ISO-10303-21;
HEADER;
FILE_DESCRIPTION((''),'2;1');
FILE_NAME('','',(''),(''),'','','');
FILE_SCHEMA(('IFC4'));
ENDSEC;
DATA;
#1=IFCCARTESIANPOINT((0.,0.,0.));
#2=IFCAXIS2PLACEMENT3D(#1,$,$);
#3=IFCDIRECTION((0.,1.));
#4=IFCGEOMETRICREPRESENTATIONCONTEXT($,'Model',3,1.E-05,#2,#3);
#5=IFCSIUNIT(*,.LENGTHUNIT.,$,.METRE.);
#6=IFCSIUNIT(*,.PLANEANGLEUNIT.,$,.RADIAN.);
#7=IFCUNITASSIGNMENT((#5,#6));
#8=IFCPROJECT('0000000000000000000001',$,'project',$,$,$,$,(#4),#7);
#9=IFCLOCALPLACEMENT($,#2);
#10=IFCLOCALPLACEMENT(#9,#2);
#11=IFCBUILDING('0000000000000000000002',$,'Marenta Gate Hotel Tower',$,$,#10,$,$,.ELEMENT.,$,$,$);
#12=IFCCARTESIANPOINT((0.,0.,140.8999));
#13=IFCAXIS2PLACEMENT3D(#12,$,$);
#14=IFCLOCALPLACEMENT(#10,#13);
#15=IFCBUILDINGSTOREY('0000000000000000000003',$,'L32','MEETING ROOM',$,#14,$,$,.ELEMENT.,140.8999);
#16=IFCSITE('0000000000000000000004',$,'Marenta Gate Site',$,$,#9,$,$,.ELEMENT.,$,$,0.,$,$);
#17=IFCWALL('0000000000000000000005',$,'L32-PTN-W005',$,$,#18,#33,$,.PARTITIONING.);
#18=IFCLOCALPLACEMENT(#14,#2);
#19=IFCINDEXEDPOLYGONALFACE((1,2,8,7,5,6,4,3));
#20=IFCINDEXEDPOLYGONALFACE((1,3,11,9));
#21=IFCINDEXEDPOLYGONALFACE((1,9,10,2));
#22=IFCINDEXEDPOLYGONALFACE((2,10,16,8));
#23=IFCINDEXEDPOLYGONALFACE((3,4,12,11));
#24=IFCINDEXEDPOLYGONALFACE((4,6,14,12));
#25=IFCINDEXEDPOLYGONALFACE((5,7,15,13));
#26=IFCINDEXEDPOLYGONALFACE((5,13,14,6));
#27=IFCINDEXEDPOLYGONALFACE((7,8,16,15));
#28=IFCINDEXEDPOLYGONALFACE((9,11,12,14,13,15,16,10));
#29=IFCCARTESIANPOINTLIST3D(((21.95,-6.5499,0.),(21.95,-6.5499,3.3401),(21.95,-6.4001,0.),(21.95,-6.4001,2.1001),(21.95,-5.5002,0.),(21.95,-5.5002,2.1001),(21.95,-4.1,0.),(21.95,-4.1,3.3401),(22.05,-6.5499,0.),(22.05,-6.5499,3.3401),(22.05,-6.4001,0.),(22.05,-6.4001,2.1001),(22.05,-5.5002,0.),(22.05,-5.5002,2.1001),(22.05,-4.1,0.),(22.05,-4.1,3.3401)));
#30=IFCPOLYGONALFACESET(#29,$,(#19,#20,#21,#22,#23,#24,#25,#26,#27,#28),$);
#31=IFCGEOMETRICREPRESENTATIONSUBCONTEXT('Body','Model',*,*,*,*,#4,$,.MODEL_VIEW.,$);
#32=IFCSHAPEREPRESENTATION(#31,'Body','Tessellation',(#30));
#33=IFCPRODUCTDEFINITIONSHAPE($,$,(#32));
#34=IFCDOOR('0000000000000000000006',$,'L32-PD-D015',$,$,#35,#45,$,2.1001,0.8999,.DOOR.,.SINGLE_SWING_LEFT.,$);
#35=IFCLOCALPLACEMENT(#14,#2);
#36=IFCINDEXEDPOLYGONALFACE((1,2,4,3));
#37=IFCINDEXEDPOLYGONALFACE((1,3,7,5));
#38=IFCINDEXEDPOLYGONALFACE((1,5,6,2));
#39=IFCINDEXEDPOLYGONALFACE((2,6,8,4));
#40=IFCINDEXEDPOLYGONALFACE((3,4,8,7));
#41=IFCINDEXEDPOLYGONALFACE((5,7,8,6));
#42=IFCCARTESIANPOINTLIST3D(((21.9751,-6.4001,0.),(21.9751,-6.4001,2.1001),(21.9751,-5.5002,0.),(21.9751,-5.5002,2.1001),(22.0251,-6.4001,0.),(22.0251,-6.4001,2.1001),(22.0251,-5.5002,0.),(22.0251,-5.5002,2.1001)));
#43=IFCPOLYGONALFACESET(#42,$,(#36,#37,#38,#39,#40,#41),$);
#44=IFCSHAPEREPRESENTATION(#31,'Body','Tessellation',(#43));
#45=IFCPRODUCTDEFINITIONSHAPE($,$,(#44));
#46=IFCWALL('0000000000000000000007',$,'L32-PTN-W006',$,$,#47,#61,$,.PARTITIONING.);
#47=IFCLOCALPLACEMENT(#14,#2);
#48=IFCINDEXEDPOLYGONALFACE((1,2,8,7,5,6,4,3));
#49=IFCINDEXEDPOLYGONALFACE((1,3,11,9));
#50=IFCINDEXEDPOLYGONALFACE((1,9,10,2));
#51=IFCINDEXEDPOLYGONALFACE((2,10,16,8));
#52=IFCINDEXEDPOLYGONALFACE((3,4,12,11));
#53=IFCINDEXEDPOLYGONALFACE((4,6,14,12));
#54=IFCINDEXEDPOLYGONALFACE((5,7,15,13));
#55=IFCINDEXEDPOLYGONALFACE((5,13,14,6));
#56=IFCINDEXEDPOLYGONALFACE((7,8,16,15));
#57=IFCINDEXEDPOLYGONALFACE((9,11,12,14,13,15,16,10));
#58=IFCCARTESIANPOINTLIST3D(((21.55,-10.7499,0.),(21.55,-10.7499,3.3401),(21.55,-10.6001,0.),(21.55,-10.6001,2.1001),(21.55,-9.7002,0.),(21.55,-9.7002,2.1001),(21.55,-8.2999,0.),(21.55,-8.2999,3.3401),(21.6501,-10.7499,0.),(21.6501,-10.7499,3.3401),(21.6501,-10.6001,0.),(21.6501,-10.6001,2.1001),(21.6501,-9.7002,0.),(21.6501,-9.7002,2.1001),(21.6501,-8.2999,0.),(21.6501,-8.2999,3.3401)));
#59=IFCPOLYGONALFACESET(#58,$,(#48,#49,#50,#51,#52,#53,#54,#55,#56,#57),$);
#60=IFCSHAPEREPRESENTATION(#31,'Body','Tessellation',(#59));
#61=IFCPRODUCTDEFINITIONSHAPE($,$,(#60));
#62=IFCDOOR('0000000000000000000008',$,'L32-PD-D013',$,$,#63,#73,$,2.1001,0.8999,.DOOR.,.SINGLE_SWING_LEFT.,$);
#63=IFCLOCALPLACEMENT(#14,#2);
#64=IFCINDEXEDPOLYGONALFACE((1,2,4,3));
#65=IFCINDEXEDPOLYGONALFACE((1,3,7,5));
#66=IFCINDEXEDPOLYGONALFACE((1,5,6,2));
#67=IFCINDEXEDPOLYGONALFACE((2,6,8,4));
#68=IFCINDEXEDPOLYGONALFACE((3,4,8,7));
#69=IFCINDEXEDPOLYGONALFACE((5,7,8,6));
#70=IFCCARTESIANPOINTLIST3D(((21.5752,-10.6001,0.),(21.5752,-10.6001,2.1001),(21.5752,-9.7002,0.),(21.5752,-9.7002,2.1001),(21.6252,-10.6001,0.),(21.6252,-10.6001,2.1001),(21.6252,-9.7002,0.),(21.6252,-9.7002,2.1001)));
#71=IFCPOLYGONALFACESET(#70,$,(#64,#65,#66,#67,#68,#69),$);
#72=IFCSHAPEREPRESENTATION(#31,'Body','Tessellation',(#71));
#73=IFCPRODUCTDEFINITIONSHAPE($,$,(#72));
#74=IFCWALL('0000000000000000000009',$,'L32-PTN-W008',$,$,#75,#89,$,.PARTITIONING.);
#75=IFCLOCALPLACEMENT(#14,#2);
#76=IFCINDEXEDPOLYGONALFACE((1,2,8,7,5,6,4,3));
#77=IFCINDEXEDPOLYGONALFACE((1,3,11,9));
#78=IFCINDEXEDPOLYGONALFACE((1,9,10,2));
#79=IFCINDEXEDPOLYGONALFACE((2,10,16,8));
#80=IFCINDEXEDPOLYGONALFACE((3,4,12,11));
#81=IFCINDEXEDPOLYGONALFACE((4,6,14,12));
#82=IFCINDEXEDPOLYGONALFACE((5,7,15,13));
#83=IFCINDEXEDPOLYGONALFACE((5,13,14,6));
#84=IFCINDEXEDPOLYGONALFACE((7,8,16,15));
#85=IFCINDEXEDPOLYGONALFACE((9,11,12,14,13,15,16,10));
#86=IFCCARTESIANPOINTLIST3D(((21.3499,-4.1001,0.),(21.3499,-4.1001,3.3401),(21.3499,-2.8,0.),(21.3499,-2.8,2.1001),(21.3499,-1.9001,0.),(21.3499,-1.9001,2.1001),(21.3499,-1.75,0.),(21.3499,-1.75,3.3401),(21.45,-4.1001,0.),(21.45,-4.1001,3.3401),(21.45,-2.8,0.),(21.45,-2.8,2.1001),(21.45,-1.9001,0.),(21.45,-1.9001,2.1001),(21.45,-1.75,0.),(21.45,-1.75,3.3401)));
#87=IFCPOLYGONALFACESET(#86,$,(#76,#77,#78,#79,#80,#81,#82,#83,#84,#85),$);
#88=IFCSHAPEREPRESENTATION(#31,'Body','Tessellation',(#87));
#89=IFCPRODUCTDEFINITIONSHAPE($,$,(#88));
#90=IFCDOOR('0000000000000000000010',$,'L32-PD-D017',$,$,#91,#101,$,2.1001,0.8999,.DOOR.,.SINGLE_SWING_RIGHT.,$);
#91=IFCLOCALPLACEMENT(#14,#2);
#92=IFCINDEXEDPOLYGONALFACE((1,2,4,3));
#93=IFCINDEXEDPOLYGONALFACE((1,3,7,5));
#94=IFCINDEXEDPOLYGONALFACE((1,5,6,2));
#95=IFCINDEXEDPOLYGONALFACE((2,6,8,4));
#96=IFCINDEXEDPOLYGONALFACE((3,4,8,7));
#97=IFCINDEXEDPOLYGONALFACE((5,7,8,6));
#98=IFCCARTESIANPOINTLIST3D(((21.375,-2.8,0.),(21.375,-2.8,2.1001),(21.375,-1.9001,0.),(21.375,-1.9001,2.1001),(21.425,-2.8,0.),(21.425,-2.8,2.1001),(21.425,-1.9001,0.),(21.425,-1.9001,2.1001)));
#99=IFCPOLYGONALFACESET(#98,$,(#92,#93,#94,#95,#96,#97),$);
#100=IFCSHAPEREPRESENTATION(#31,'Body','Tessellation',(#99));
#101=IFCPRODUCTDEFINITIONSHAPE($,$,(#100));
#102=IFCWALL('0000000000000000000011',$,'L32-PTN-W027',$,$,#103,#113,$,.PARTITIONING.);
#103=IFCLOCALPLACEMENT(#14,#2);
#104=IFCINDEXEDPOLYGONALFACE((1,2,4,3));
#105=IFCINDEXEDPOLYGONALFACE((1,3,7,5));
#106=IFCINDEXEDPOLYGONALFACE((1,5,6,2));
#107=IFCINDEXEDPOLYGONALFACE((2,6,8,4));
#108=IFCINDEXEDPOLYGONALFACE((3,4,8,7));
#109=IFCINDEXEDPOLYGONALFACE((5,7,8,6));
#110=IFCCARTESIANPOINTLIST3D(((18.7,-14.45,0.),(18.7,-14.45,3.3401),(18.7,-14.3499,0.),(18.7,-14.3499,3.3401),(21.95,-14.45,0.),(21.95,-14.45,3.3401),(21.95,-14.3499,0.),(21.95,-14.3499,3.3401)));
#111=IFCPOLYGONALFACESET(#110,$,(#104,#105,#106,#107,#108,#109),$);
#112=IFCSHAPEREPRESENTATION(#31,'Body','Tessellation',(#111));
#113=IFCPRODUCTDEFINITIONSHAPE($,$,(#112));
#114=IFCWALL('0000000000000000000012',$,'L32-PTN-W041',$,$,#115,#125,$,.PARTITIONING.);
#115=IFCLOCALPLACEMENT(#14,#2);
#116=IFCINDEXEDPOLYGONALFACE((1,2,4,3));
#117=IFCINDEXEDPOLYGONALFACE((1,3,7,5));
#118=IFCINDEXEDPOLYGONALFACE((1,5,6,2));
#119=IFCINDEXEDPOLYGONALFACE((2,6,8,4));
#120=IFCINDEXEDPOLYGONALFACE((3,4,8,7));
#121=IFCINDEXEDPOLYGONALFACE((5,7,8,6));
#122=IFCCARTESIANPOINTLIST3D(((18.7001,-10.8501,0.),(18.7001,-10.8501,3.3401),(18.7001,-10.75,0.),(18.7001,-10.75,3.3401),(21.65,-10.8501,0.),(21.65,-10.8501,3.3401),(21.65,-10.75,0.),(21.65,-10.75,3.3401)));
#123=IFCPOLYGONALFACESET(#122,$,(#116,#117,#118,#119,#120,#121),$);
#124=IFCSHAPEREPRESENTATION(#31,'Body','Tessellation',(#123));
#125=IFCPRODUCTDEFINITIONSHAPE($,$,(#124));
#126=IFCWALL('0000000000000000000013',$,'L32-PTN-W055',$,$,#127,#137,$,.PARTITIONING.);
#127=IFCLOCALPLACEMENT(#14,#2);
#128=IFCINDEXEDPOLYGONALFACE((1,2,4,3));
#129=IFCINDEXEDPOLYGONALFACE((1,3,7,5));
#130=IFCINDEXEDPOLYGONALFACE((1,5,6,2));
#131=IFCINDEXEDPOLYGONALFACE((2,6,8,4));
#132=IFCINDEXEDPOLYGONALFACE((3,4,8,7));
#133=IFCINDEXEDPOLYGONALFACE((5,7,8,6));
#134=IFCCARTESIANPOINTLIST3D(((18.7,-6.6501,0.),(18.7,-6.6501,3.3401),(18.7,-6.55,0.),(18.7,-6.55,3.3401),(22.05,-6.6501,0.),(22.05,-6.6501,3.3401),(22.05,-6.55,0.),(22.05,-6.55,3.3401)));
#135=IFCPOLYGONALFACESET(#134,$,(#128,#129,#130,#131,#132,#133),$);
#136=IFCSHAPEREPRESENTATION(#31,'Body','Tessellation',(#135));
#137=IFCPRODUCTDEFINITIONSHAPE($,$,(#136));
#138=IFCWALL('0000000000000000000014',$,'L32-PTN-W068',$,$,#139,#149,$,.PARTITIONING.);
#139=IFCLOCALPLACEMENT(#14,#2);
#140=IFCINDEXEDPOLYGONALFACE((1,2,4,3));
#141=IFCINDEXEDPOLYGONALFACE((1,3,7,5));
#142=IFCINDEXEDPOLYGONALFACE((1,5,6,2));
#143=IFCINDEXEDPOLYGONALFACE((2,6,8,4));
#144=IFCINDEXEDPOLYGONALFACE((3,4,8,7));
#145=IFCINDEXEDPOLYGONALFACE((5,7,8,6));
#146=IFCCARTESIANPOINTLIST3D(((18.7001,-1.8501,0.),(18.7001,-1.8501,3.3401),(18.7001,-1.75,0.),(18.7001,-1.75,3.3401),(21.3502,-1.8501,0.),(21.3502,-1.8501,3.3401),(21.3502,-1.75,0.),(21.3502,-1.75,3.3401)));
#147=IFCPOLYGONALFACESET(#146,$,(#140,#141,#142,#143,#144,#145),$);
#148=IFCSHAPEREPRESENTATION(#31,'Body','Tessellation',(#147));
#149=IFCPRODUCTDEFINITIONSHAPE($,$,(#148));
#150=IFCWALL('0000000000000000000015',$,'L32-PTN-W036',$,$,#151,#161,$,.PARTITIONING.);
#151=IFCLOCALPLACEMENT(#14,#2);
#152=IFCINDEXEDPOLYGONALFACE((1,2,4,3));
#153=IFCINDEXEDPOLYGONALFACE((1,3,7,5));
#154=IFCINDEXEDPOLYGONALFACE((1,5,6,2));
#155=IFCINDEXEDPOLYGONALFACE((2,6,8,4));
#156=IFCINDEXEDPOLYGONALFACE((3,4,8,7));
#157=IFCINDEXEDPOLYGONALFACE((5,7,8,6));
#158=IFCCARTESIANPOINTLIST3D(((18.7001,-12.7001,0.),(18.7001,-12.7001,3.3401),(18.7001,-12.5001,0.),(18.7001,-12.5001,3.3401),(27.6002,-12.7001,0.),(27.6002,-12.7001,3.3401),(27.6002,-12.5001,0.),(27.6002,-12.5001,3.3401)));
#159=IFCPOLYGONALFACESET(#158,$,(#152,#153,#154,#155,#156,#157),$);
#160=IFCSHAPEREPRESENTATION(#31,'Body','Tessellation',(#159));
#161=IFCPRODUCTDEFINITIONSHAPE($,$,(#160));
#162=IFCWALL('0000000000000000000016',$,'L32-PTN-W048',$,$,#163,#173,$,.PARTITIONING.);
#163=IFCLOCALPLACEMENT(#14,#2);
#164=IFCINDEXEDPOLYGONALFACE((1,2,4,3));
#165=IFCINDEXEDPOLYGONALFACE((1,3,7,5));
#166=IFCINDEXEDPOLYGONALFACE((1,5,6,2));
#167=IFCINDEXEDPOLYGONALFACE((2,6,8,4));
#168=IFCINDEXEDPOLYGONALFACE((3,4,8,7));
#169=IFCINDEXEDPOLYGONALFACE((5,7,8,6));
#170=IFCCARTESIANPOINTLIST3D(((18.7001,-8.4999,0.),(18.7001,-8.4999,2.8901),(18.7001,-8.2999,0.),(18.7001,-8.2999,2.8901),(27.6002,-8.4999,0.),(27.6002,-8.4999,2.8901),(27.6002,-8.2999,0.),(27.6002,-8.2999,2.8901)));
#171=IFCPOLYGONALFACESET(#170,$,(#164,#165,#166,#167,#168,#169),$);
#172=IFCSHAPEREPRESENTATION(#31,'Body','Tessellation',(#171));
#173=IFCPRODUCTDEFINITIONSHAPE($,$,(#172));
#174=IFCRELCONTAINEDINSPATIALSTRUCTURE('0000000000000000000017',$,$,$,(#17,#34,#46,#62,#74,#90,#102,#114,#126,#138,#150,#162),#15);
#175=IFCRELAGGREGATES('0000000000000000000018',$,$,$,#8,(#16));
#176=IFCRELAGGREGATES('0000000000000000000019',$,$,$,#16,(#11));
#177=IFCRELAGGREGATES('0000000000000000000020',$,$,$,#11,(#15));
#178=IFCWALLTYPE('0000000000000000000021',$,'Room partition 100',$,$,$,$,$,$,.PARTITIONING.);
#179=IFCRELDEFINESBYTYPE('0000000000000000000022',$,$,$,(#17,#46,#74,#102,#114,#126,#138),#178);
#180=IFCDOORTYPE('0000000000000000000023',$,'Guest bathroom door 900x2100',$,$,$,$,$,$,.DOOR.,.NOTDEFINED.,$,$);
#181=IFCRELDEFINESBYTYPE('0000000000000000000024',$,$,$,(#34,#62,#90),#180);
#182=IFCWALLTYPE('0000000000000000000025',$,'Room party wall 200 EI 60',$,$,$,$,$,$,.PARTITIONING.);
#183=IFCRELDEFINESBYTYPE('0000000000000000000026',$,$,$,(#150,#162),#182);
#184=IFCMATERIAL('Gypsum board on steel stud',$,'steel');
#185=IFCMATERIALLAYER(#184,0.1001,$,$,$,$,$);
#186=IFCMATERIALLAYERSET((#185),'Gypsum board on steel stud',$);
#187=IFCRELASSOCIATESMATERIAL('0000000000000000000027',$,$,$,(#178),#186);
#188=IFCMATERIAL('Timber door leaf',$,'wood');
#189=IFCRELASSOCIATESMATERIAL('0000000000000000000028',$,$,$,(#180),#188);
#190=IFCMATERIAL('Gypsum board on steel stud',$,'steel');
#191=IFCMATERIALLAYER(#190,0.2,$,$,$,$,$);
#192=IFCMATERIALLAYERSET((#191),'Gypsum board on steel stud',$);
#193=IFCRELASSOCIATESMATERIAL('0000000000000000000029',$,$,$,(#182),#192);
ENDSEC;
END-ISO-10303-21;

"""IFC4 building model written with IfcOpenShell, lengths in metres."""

from ifc_helpers import new_model, si_unit, direction, frame, frame_2d, origin, place, context, subcontext, project, spatial, rectangle, extrude, material, layer, layer_set, type_object, element, fill, save


model = new_model("IFC4")

# Units and contexts
model_context = context("Model", 3, precision=1e-05, world=origin(), true_north=direction((0.0, 1.0)))
body_context = subcontext(model_context, "Body", "Model", "MODEL_VIEW")
ifc_project = project(units=[si_unit("LENGTHUNIT", "METRE"), si_unit("PLANEANGLEUNIT", "RADIAN")], contexts=[model_context])

# Site, building, storey
site_placement = place(None, origin())
site = spatial("IfcSite", under=ifc_project, at=site_placement, Name="Marenta Gate Site", CompositionType="ELEMENT", RefElevation=0.0)
building_placement = place(site_placement, origin())
building = spatial("IfcBuilding", under=site, at=building_placement, Name="Marenta Gate Hotel Tower", CompositionType="ELEMENT")
storey_placement = place(building_placement, frame((0.0, 0.0, 140.8999)))
storey = spatial("IfcBuildingStorey", under=building, at=storey_placement, Name="L32", Description="MEETING ROOM", CompositionType="ELEMENT", Elevation=140.8999)

# Walls, openings, doors
ifc_material_1 = material(Name="Gypsum board on steel stud", Category="steel")
ifc_layer_1 = layer(ifc_material_1, 0.1001)
ifc_layer_set_1 = layer_set([ifc_layer_1], Name="Gypsum board on steel stud")
wall_type_1 = type_object("IfcWallType", Name="Room partition 100", PredefinedType="PARTITIONING", material=ifc_layer_set_1)
wall_1_placement = place(storey_placement, frame((22.0, -6.55, 0.0), z_axis=(0.0, 0.0, 1.0), x_axis=(0.0, 1.0, 0.0)))
wall_1 = element("IfcWall", 1, at=wall_1_placement, inside=storey, type_object=wall_type_1, Name="L32-PTN-W005", PredefinedType="PARTITIONING", context=body_context, shape_type="SweptSolid", body=[
    extrude(rectangle(XDim=2.45, YDim=0.1001, at=frame_2d((1.2251, 0.0))), origin(), (0.0, 0.0, 1.0), 3.3401),
])
opening_1_placement = place(wall_1_placement, frame((0.1499, 0.0, 0.0)))
opening_1 = element("IfcOpeningElement", 2, at=opening_1_placement, cuts=wall_1, PredefinedType="OPENING", context=body_context, shape_type="SweptSolid", body=[
    extrude(rectangle(XDim=0.8999, YDim=2.1001, at=frame_2d((0.45, 1.05))), frame((0.0, 0.05, 0.0), z_axis=(0.0, -1.0, 0.0), x_axis=(1.0, 0.0, 0.0)), (0.0, 0.0, 1.0), 0.1001),
])
ifc_material_2 = material(Name="Timber door leaf", Category="wood")
door_type_1 = type_object("IfcDoorType", Name="Guest bathroom door 900x2100", OperationType="NOTDEFINED", PredefinedType="DOOR", material=ifc_material_2)
door_1_placement = place(opening_1_placement, origin())
door_1 = element("IfcDoor", 3, at=door_1_placement, inside=storey, type_object=door_type_1, Name="L32-PD-D015", OperationType="SINGLE_SWING_LEFT", OverallHeight=2.1001, OverallWidth=0.8999, PredefinedType="DOOR", context=body_context, shape_type="SweptSolid", body=[
    extrude(rectangle(XDim=0.8999, YDim=2.1001, at=frame_2d((0.45, 1.05))), frame((0.0, 0.0249, 0.0), z_axis=(0.0, -1.0, 0.0), x_axis=(1.0, 0.0, 0.0)), (0.0, 0.0, 1.0), 0.05),
])
fill(opening_1, door_1)
wall_2_placement = place(storey_placement, frame((21.6001, -10.75, 0.0), z_axis=(0.0, 0.0, 1.0), x_axis=(0.0, 1.0, 0.0)))
wall_2 = element("IfcWall", 4, at=wall_2_placement, inside=storey, type_object=wall_type_1, Name="L32-PTN-W006", PredefinedType="PARTITIONING", context=body_context, shape_type="SweptSolid", body=[
    extrude(rectangle(XDim=2.45, YDim=0.1001, at=frame_2d((1.2251, 0.0))), origin(), (0.0, 0.0, 1.0), 3.3401),
])
opening_2_placement = place(wall_2_placement, frame((0.1499, 0.0, 0.0)))
opening_2 = element("IfcOpeningElement", 5, at=opening_2_placement, cuts=wall_2, PredefinedType="OPENING", context=body_context, shape_type="SweptSolid", body=[
    extrude(rectangle(XDim=0.8999, YDim=2.1001, at=frame_2d((0.45, 1.05))), frame((0.0, 0.05, 0.0), z_axis=(0.0, -1.0, 0.0), x_axis=(1.0, 0.0, 0.0)), (0.0, 0.0, 1.0), 0.1001),
])
door_2_placement = place(opening_2_placement, origin())
door_2 = element("IfcDoor", 6, at=door_2_placement, inside=storey, type_object=door_type_1, Name="L32-PD-D013", OperationType="SINGLE_SWING_LEFT", OverallHeight=2.1001, OverallWidth=0.8999, PredefinedType="DOOR", context=body_context, shape_type="SweptSolid", body=[
    extrude(rectangle(XDim=0.8999, YDim=2.1001, at=frame_2d((0.45, 1.05))), frame((0.0, 0.0249, 0.0), z_axis=(0.0, -1.0, 0.0), x_axis=(1.0, 0.0, 0.0)), (0.0, 0.0, 1.0), 0.05),
])
fill(opening_2, door_2)
wall_3_placement = place(storey_placement, frame((21.3999, -4.1001, 0.0), z_axis=(0.0, 0.0, 1.0), x_axis=(0.0, 1.0, 0.0)))
wall_3 = element("IfcWall", 7, at=wall_3_placement, inside=storey, type_object=wall_type_1, Name="L32-PTN-W008", PredefinedType="PARTITIONING", context=body_context, shape_type="SweptSolid", body=[
    extrude(rectangle(XDim=2.3501, YDim=0.1001, at=frame_2d((1.175, 0.0))), origin(), (0.0, 0.0, 1.0), 3.3401),
])
opening_3_placement = place(wall_3_placement, frame((1.3, 0.0, 0.0)))
opening_3 = element("IfcOpeningElement", 8, at=opening_3_placement, cuts=wall_3, PredefinedType="OPENING", context=body_context, shape_type="SweptSolid", body=[
    extrude(rectangle(XDim=0.8999, YDim=2.1001, at=frame_2d((0.45, 1.05))), frame((0.0, 0.05, 0.0), z_axis=(0.0, -1.0, 0.0), x_axis=(1.0, 0.0, 0.0)), (0.0, 0.0, 1.0), 0.1001),
])
door_3_placement = place(opening_3_placement, origin())
door_3 = element("IfcDoor", 9, at=door_3_placement, inside=storey, type_object=door_type_1, Name="L32-PD-D017", OperationType="SINGLE_SWING_RIGHT", OverallHeight=2.1001, OverallWidth=0.8999, PredefinedType="DOOR", context=body_context, shape_type="SweptSolid", body=[
    extrude(rectangle(XDim=0.8999, YDim=2.1001, at=frame_2d((0.45, 1.05))), frame((0.0, 0.0249, 0.0), z_axis=(0.0, -1.0, 0.0), x_axis=(1.0, 0.0, 0.0)), (0.0, 0.0, 1.0), 0.05),
])
fill(opening_3, door_3)

# Walls
wall_4_placement = place(storey_placement, frame((18.7, -14.3999, 0.0), z_axis=(0.0, 0.0, 1.0), x_axis=(1.0, 0.0, 0.0)))
element("IfcWall", 10, at=wall_4_placement, inside=storey, type_object=wall_type_1, Name="L32-PTN-W027", PredefinedType="PARTITIONING", context=body_context, shape_type="SweptSolid", body=[
    extrude(rectangle(XDim=3.25, YDim=0.1001, at=frame_2d((1.625, 0.0))), origin(), (0.0, 0.0, 1.0), 3.3401),
])
wall_5_placement = place(storey_placement, frame((18.7, -10.8, 0.0), z_axis=(0.0, 0.0, 1.0), x_axis=(1.0, 0.0, 0.0)))
element("IfcWall", 11, at=wall_5_placement, inside=storey, type_object=wall_type_1, Name="L32-PTN-W041", PredefinedType="PARTITIONING", context=body_context, shape_type="SweptSolid", body=[
    extrude(rectangle(XDim=2.95, YDim=0.1001, at=frame_2d((1.4751, 0.0))), origin(), (0.0, 0.0, 1.0), 3.3401),
])
wall_6_placement = place(storey_placement, frame((18.7, -6.6001, 0.0), z_axis=(0.0, 0.0, 1.0), x_axis=(1.0, 0.0, 0.0)))
element("IfcWall", 12, at=wall_6_placement, inside=storey, type_object=wall_type_1, Name="L32-PTN-W055", PredefinedType="PARTITIONING", context=body_context, shape_type="SweptSolid", body=[
    extrude(rectangle(XDim=3.3501, YDim=0.1001, at=frame_2d((1.675, 0.0))), origin(), (0.0, 0.0, 1.0), 3.3401),
])
wall_7_placement = place(storey_placement, frame((18.7, -1.8, 0.0), z_axis=(0.0, 0.0, 1.0), x_axis=(1.0, 0.0, 0.0)))
element("IfcWall", 13, at=wall_7_placement, inside=storey, type_object=wall_type_1, Name="L32-PTN-W068", PredefinedType="PARTITIONING", context=body_context, shape_type="SweptSolid", body=[
    extrude(rectangle(XDim=2.6501, YDim=0.1001, at=frame_2d((1.3252, 0.0))), origin(), (0.0, 0.0, 1.0), 3.3401),
])
ifc_material_3 = material(Name="Gypsum board on steel stud", Category="steel")
ifc_layer_2 = layer(ifc_material_3, 0.2)
ifc_layer_set_2 = layer_set([ifc_layer_2], Name="Gypsum board on steel stud")
wall_type_2 = type_object("IfcWallType", Name="Room party wall 200 EI 60", PredefinedType="PARTITIONING", material=ifc_layer_set_2)
wall_8_placement = place(storey_placement, frame((18.7, -12.6001, 0.0), z_axis=(0.0, 0.0, 1.0), x_axis=(1.0, 0.0, 0.0)))
element("IfcWall", 14, at=wall_8_placement, inside=storey, type_object=wall_type_2, Name="L32-PTN-W036", PredefinedType="PARTITIONING", context=body_context, shape_type="SweptSolid", body=[
    extrude(rectangle(XDim=8.9001, YDim=0.2, at=frame_2d((4.4502, 0.0))), origin(), (0.0, 0.0, 1.0), 3.3401),
])
wall_9_placement = place(storey_placement, frame((18.7, -8.3999, 0.0), z_axis=(0.0, 0.0, 1.0), x_axis=(1.0, 0.0, 0.0)))
element("IfcWall", 15, at=wall_9_placement, inside=storey, type_object=wall_type_2, Name="L32-PTN-W048", PredefinedType="PARTITIONING", context=body_context, shape_type="SweptSolid", body=[
    extrude(rectangle(XDim=8.9001, YDim=0.2, at=frame_2d((4.4502, 0.0))), origin(), (0.0, 0.0, 1.0), 2.8901),
])

save(model, "model.ifc")
